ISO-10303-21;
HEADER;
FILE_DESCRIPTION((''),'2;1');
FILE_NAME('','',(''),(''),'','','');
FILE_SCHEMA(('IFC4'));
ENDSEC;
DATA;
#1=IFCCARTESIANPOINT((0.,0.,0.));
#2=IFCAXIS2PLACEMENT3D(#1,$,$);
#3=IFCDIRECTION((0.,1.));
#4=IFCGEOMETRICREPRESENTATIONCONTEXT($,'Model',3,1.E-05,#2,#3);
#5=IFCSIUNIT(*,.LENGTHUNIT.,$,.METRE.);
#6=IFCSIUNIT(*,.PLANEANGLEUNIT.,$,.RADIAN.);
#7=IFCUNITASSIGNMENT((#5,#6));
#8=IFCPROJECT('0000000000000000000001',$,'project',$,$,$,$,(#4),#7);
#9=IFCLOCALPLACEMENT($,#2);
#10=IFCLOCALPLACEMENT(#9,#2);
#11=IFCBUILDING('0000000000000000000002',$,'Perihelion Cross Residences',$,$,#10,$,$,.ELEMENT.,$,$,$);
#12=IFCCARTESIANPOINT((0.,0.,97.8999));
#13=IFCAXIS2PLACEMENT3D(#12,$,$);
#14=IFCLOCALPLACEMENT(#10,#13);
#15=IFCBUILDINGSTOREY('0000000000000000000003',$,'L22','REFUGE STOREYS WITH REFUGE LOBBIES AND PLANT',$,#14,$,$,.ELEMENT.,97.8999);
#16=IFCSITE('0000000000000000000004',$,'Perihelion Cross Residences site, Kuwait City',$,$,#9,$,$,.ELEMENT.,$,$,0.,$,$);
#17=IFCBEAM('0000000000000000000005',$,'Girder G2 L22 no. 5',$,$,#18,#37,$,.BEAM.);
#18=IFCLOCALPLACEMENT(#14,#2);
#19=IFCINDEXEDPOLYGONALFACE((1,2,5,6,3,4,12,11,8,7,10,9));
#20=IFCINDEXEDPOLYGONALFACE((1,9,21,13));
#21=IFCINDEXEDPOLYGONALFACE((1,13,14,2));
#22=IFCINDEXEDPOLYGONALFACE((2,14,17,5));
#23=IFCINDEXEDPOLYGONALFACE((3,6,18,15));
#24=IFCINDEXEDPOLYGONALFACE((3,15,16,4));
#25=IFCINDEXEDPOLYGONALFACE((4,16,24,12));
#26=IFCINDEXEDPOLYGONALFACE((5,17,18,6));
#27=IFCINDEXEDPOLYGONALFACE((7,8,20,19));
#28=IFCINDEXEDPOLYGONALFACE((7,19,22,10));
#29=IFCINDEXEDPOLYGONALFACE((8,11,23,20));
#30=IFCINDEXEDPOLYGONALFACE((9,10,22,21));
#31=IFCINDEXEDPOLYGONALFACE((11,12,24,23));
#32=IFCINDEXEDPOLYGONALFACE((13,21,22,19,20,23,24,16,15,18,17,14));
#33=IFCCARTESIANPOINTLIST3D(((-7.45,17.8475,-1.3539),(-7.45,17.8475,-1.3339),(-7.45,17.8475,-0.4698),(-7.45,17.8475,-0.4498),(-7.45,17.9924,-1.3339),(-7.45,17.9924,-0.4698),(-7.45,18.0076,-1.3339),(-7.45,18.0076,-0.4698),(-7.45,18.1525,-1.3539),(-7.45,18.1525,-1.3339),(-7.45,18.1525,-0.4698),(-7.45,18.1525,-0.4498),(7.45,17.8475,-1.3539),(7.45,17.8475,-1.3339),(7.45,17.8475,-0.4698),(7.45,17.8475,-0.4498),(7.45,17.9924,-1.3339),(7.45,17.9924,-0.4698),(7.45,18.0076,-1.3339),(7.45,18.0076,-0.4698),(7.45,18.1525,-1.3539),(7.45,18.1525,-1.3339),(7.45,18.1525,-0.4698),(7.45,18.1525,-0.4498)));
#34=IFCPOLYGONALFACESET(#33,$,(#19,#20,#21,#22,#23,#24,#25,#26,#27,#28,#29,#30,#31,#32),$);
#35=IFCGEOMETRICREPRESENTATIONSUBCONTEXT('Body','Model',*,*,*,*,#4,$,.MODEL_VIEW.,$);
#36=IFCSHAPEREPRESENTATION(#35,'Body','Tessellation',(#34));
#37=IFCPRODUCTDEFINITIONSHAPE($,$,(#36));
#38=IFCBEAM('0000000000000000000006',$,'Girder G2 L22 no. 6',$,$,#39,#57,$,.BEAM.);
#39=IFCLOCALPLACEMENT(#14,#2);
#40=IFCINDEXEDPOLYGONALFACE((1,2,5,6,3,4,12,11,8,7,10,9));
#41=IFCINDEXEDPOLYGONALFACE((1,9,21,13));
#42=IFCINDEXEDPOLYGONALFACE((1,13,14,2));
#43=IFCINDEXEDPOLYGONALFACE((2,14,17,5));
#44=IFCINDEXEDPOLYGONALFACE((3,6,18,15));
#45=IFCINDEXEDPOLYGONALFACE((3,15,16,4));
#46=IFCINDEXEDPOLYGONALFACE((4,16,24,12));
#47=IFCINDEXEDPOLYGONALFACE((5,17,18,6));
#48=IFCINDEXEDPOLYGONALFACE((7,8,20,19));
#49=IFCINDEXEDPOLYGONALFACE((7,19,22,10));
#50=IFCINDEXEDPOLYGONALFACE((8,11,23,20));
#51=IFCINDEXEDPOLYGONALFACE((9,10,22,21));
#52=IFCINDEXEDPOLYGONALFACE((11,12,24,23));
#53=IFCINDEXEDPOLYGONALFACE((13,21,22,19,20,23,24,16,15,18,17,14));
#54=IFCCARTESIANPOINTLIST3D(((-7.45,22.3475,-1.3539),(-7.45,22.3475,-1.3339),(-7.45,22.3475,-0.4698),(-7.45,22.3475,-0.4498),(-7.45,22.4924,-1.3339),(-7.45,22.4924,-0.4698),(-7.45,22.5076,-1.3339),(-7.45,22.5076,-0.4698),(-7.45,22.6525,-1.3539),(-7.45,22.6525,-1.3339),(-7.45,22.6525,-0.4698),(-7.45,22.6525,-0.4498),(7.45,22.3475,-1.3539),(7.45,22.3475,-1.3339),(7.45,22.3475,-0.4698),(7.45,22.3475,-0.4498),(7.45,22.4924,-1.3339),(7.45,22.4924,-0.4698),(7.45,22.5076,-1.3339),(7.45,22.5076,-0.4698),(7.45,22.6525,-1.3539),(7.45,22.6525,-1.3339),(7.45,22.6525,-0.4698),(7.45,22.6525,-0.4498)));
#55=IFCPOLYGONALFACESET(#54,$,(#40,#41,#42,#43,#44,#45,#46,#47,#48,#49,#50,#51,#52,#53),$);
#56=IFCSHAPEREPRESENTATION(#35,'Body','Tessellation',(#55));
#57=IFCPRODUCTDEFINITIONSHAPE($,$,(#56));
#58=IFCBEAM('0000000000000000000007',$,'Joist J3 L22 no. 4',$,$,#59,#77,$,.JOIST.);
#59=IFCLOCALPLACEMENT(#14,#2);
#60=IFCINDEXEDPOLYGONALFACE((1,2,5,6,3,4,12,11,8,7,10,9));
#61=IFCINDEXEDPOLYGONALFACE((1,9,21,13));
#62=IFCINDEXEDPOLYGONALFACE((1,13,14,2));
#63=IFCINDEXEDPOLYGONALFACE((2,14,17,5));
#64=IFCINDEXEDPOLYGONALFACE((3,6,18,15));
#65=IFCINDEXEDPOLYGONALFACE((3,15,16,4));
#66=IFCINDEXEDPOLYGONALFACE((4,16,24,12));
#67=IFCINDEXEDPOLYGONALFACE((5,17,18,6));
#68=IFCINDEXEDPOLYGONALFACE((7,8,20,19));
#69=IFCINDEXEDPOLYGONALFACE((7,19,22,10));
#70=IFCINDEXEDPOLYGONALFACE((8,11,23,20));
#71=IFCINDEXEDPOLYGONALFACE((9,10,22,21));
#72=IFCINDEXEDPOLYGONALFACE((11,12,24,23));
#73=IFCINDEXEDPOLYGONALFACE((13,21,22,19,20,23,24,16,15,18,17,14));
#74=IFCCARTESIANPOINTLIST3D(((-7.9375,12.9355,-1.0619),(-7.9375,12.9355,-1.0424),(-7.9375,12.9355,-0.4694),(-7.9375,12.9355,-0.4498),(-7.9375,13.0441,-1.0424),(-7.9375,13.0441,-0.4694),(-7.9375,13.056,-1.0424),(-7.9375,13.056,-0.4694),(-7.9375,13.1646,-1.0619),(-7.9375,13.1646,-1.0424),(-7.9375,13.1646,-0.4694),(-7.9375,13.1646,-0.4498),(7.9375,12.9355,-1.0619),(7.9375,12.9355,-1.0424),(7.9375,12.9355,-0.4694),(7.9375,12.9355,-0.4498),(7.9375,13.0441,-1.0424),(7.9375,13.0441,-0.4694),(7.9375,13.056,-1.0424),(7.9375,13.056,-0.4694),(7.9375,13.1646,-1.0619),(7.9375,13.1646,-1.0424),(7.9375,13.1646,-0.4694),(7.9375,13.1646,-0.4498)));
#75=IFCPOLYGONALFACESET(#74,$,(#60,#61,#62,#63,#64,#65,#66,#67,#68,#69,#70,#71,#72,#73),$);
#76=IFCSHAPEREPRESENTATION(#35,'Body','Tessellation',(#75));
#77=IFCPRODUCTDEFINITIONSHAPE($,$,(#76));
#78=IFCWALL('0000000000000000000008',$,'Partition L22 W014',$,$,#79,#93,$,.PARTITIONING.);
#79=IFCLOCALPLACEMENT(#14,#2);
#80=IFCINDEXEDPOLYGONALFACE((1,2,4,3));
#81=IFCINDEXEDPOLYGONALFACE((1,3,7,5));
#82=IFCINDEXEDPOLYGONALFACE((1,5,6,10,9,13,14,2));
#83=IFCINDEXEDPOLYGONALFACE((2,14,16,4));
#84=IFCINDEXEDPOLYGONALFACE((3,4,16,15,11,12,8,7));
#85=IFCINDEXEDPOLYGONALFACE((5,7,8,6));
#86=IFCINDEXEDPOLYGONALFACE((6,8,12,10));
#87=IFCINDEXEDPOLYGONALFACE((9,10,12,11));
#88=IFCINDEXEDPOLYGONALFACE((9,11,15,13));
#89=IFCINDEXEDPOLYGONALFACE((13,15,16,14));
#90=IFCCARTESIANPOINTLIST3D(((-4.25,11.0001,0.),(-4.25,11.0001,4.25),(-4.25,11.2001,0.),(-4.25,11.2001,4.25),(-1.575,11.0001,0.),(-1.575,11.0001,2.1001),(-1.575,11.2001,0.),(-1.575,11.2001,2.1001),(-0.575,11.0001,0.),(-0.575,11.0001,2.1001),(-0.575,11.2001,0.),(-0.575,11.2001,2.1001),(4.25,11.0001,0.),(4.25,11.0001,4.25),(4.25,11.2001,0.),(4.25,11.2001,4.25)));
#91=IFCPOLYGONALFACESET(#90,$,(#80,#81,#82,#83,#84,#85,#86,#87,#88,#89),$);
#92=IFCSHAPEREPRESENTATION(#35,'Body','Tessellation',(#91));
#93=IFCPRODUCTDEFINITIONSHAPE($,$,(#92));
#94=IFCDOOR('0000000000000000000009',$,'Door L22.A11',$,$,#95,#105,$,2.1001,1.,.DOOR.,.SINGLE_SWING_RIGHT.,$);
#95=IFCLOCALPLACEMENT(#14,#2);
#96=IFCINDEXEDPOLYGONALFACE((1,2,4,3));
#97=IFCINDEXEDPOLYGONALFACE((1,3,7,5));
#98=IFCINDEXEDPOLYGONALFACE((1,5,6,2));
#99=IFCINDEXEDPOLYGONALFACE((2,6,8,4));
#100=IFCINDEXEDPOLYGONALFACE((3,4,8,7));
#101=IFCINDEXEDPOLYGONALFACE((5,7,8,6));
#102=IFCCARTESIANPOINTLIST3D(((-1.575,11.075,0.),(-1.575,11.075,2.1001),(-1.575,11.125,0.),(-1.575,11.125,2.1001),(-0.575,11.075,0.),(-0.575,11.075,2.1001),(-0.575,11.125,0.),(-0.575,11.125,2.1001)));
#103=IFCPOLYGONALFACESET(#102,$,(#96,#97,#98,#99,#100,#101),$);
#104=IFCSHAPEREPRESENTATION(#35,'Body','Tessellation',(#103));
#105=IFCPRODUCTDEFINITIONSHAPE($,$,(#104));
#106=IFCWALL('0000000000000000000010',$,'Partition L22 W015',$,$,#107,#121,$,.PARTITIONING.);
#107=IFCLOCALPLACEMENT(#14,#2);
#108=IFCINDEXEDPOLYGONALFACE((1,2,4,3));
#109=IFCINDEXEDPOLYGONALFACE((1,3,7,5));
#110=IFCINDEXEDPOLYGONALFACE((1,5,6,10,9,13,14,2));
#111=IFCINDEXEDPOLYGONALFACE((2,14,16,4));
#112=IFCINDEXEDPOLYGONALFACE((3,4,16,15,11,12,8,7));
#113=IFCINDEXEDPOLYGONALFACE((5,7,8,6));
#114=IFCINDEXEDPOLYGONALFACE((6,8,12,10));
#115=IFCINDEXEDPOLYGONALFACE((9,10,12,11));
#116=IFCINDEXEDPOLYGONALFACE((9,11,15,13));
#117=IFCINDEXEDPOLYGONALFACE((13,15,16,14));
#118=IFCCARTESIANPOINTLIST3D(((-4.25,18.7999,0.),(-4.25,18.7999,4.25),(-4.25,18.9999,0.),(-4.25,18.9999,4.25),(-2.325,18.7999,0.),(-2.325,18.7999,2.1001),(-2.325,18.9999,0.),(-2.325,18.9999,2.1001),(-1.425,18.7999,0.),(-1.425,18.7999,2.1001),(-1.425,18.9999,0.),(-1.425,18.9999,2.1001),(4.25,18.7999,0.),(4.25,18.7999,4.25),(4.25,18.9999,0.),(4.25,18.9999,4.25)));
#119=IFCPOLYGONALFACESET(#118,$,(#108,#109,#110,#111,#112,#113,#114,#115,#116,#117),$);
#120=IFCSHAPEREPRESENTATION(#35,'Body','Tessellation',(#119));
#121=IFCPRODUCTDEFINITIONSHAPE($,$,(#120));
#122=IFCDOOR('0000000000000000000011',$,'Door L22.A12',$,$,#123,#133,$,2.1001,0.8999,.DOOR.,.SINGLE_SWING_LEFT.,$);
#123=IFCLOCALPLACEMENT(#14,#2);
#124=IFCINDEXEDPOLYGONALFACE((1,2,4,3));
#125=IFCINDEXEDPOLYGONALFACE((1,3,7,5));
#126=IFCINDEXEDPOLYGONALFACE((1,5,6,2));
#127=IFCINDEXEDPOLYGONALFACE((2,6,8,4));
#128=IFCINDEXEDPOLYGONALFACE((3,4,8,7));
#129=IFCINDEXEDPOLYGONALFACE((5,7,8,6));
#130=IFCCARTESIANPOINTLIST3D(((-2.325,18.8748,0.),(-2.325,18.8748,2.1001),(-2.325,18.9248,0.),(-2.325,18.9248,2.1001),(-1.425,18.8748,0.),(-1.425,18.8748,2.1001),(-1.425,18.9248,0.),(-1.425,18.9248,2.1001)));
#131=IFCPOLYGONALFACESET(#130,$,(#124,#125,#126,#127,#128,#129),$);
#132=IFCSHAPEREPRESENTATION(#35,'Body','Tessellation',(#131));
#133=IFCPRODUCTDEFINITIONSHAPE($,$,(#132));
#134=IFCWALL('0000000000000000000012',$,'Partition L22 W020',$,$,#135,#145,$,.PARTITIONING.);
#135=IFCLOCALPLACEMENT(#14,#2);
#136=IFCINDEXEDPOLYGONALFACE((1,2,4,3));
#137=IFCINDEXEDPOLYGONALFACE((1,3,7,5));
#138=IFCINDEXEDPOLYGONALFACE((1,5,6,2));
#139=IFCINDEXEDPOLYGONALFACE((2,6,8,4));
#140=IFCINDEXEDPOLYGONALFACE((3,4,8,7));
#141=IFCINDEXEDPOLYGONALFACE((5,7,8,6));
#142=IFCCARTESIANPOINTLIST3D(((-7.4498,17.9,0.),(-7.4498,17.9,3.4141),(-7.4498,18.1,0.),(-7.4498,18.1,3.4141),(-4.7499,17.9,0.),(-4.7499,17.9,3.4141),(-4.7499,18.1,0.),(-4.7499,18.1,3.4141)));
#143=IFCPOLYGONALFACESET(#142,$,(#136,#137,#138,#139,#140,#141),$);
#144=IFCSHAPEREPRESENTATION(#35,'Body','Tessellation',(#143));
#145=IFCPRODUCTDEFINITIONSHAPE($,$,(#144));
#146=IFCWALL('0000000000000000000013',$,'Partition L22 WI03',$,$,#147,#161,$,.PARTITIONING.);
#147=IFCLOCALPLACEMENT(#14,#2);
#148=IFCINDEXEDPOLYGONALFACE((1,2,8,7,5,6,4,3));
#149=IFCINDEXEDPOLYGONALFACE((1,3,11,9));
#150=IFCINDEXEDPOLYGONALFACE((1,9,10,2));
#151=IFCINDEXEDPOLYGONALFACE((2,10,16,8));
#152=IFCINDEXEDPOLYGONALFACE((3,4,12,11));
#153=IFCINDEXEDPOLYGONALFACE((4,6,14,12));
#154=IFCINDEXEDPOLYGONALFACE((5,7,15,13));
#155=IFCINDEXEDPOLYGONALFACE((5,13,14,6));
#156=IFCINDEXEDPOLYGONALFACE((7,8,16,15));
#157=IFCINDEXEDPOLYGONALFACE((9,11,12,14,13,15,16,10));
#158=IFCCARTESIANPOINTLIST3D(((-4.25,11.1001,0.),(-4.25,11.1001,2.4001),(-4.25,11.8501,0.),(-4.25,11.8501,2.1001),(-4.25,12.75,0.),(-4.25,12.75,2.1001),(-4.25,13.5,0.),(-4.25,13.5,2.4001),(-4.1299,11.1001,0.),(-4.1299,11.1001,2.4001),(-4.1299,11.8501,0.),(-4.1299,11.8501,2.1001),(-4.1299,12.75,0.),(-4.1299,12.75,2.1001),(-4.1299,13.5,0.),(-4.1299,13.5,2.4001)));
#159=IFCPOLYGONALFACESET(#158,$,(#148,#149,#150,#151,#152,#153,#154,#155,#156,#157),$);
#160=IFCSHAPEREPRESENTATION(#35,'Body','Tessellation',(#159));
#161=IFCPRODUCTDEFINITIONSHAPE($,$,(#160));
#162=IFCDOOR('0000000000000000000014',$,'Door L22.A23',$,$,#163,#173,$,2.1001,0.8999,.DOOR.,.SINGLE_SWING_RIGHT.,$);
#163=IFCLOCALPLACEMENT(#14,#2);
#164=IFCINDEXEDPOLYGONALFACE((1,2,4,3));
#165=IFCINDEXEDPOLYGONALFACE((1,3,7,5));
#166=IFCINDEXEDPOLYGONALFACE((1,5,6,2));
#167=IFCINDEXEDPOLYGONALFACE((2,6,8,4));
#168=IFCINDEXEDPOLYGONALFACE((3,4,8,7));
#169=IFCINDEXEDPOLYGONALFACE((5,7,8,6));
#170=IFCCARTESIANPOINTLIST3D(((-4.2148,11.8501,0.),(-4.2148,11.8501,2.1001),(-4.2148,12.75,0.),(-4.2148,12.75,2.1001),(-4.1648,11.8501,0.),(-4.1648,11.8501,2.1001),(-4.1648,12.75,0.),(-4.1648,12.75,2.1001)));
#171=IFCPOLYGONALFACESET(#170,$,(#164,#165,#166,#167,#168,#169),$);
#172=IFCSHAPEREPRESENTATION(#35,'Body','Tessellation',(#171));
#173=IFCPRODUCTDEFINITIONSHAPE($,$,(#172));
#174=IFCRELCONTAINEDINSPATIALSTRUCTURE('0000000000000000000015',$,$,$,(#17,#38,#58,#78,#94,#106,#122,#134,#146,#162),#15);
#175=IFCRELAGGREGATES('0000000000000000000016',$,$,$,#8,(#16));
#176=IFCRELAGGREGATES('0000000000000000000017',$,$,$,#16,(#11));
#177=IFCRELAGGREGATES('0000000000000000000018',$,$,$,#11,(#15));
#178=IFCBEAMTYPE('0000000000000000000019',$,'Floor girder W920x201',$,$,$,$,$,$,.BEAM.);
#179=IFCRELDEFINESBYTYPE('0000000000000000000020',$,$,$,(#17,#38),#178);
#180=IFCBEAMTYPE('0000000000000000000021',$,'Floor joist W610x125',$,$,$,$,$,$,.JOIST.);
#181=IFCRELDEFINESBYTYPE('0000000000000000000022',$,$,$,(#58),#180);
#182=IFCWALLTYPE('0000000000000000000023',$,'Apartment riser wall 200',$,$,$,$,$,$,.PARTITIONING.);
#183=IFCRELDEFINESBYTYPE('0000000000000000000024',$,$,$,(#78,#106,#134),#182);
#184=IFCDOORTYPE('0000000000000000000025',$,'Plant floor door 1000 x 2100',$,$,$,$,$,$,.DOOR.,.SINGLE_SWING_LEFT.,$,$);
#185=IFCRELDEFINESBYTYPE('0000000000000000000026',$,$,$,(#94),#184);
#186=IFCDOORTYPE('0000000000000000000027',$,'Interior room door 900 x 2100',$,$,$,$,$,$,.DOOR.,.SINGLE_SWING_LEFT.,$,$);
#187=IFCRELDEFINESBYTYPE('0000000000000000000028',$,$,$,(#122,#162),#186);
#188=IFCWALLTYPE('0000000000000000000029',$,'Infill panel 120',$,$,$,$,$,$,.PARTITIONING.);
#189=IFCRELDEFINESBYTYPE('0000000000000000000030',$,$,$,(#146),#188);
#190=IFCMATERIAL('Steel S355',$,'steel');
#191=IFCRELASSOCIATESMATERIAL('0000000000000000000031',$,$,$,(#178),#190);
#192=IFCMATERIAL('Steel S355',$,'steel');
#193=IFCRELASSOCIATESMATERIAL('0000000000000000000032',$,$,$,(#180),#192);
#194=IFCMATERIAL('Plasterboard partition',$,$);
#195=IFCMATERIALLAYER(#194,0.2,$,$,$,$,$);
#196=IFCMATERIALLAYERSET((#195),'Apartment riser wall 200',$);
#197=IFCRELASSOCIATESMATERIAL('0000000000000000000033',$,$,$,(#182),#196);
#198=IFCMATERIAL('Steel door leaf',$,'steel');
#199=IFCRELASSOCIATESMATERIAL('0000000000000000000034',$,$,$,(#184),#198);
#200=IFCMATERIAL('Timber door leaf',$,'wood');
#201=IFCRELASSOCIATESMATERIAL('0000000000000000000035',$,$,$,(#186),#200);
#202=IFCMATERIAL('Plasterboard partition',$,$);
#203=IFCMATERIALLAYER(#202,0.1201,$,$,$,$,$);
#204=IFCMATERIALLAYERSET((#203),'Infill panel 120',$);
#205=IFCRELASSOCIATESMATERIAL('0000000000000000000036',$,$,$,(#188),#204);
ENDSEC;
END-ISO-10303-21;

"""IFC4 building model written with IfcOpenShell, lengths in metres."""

from ifc_helpers import new_model, si_unit, direction, frame, frame_2d, origin, origin_2d, place, context, subcontext, project, spatial, rectangle, i_section, extrude, material, layer, layer_set, material_profile, profile_set, type_object, element, fill, save


model = new_model("IFC4")

# Units and contexts
model_context = context("Model", 3, precision=1e-05, world=origin(), true_north=direction((0.0, 1.0)))
body_context = subcontext(model_context, "Body", "Model", "MODEL_VIEW")
ifc_project = project(units=[si_unit("LENGTHUNIT", "METRE"), si_unit("PLANEANGLEUNIT", "RADIAN")], contexts=[model_context])

# Site, building, storey
site_placement = place(None, origin())
site = spatial("IfcSite", under=ifc_project, at=site_placement, Name="Perihelion Cross Residences site, Kuwait City", CompositionType="ELEMENT", RefElevation=0.0)
building_placement = place(site_placement, origin())
building = spatial("IfcBuilding", under=site, at=building_placement, Name="Perihelion Cross Residences", CompositionType="ELEMENT")
storey_placement = place(building_placement, frame((0.0, 0.0, 97.8999)))
storey = spatial("IfcBuildingStorey", under=building, at=storey_placement, Name="L22", Description="REFUGE STOREYS WITH REFUGE LOBBIES AND PLANT", CompositionType="ELEMENT", Elevation=97.8999)

# Beams
ifc_material_1 = material(Name="Steel S355", Category="steel")
ifc_material_profile_1 = material_profile(ifc_material_1, i_section(OverallWidth=0.3049, OverallDepth=0.9041, WebThickness=0.0151, FlangeThickness=0.02, at=origin_2d()), Name="W920x201")
ifc_profile_set_1 = profile_set([ifc_material_profile_1], Name="Steel S355")
beam_type_1 = type_object("IfcBeamType", Name="Floor girder W920x201", PredefinedType="BEAM", material=ifc_profile_set_1)
for number, where, z_axis, x_axis, name in (
    (1, (-7.45, 18.0, -0.9019), (1.0, 0.0, 0.0), (0.0, 1.0, 0.0), "Girder G2 L22 no. 5"),
    (2, (-7.45, 22.5, -0.9019), (1.0, 0.0, 0.0), (0.0, 1.0, 0.0), "Girder G2 L22 no. 6"),
):
    element("IfcBeam", number, at=place(storey_placement, frame(where, z_axis=z_axis, x_axis=x_axis)), inside=storey, type_object=beam_type_1, Name=name, PredefinedType="BEAM", context=body_context, shape_type="SweptSolid", body=[
        extrude(i_section(OverallWidth=0.3049, OverallDepth=0.9041, WebThickness=0.0151, FlangeThickness=0.02, at=origin_2d()), origin(), (0.0, 0.0, 1.0), 14.8999),
    ])
ifc_material_2 = material(Name="Steel S355", Category="steel")
ifc_material_profile_2 = material_profile(ifc_material_2, i_section(OverallWidth=0.229, OverallDepth=0.6121, WebThickness=0.012, FlangeThickness=0.0195, at=origin_2d()), Name="W610x125")
ifc_profile_set_2 = profile_set([ifc_material_profile_2], Name="Steel S355")
beam_type_2 = type_object("IfcBeamType", Name="Floor joist W610x125", PredefinedType="JOIST", material=ifc_profile_set_2)
beam_1_placement = place(storey_placement, frame((-7.9375, 13.05, -0.7559), z_axis=(1.0, 0.0, 0.0), x_axis=(0.0, 1.0, 0.0)))
element("IfcBeam", 3, at=beam_1_placement, inside=storey, type_object=beam_type_2, Name="Joist J3 L22 no. 4", PredefinedType="JOIST", context=body_context, shape_type="SweptSolid", body=[
    extrude(i_section(OverallWidth=0.229, OverallDepth=0.6121, WebThickness=0.012, FlangeThickness=0.0195, at=origin_2d()), origin(), (0.0, 0.0, 1.0), 15.875),
])

# Walls, openings, doors
ifc_material_3 = material(Name="Plasterboard partition")
ifc_layer_1 = layer(ifc_material_3, 0.2)
ifc_layer_set_1 = layer_set([ifc_layer_1], Name="Apartment riser wall 200")
wall_type_1 = type_object("IfcWallType", Name="Apartment riser wall 200", PredefinedType="PARTITIONING", material=ifc_layer_set_1)
wall_1_placement = place(storey_placement, frame((-4.25, 11.1001, 0.0), z_axis=(0.0, 0.0, 1.0), x_axis=(1.0, 0.0, 0.0)))
wall_1 = element("IfcWall", 4, at=wall_1_placement, inside=storey, type_object=wall_type_1, Name="Partition L22 W014", PredefinedType="PARTITIONING", context=body_context, shape_type="SweptSolid", body=[
    extrude(rectangle(XDim=8.5, YDim=0.2, at=frame_2d((4.25, 0.0))), origin(), (0.0, 0.0, 1.0), 4.25),
])
opening_1_placement = place(wall_1_placement, frame((2.675, 0.0, 0.0)))
opening_1 = element("IfcOpeningElement", 5, at=opening_1_placement, cuts=wall_1, PredefinedType="OPENING", context=body_context, shape_type="SweptSolid", body=[
    extrude(rectangle(XDim=1.0, YDim=2.1001, at=frame_2d((0.5, 1.05))), frame((0.0, 0.1099, 0.0), z_axis=(0.0, -1.0, 0.0), x_axis=(1.0, 0.0, 0.0)), (0.0, 0.0, 1.0), 0.22),
])
ifc_material_4 = material(Name="Steel door leaf", Category="steel")
door_type_1 = type_object("IfcDoorType", Name="Plant floor door 1000 x 2100", OperationType="SINGLE_SWING_LEFT", PredefinedType="DOOR", material=ifc_material_4)
door_1_placement = place(opening_1_placement, origin())
door_1 = element("IfcDoor", 6, at=door_1_placement, inside=storey, type_object=door_type_1, Name="Door L22.A11", OperationType="SINGLE_SWING_RIGHT", OverallHeight=2.1001, OverallWidth=1.0, PredefinedType="DOOR", context=body_context, shape_type="SweptSolid", body=[
    extrude(rectangle(XDim=1.0, YDim=2.1001, at=frame_2d((0.5, 1.05))), frame((0.0, 0.0249, 0.0), z_axis=(0.0, -1.0, 0.0), x_axis=(1.0, 0.0, 0.0)), (0.0, 0.0, 1.0), 0.05),
])
fill(opening_1, door_1)
wall_2_placement = place(storey_placement, frame((-4.25, 18.8999, 0.0), z_axis=(0.0, 0.0, 1.0), x_axis=(1.0, 0.0, 0.0)))
wall_2 = element("IfcWall", 7, at=wall_2_placement, inside=storey, type_object=wall_type_1, Name="Partition L22 W015", PredefinedType="PARTITIONING", context=body_context, shape_type="SweptSolid", body=[
    extrude(rectangle(XDim=8.5, YDim=0.2, at=frame_2d((4.25, 0.0))), origin(), (0.0, 0.0, 1.0), 4.25),
])
opening_2_placement = place(wall_2_placement, frame((1.925, 0.0, 0.0)))
opening_2 = element("IfcOpeningElement", 8, at=opening_2_placement, cuts=wall_2, PredefinedType="OPENING", context=body_context, shape_type="SweptSolid", body=[
    extrude(rectangle(XDim=0.8999, YDim=2.1001, at=frame_2d((0.45, 1.05))), frame((0.0, 0.1099, 0.0), z_axis=(0.0, -1.0, 0.0), x_axis=(1.0, 0.0, 0.0)), (0.0, 0.0, 1.0), 0.22),
])
ifc_material_5 = material(Name="Timber door leaf", Category="wood")
door_type_2 = type_object("IfcDoorType", Name="Interior room door 900 x 2100", OperationType="SINGLE_SWING_LEFT", PredefinedType="DOOR", material=ifc_material_5)
door_2_placement = place(opening_2_placement, origin())
door_2 = element("IfcDoor", 9, at=door_2_placement, inside=storey, type_object=door_type_2, Name="Door L22.A12", OperationType="SINGLE_SWING_LEFT", OverallHeight=2.1001, OverallWidth=0.8999, PredefinedType="DOOR", context=body_context, shape_type="SweptSolid", body=[
    extrude(rectangle(XDim=0.8999, YDim=2.1001, at=frame_2d((0.45, 1.05))), frame((0.0, 0.0249, 0.0), z_axis=(0.0, -1.0, 0.0), x_axis=(1.0, 0.0, 0.0)), (0.0, 0.0, 1.0), 0.05),
])
fill(opening_2, door_2)

# Wall
wall_3_placement = place(storey_placement, frame((-7.45, 18.0, 0.0), z_axis=(0.0, 0.0, 1.0), x_axis=(1.0, 0.0, 0.0)))
element("IfcWall", 10, at=wall_3_placement, inside=storey, type_object=wall_type_1, Name="Partition L22 W020", PredefinedType="PARTITIONING", context=body_context, shape_type="SweptSolid", body=[
    extrude(rectangle(XDim=2.7, YDim=0.2, at=frame_2d((1.3501, 0.0))), origin(), (0.0, 0.0, 1.0), 3.4141),
])

# Wall, opening, door
ifc_material_6 = material(Name="Plasterboard partition")
ifc_layer_2 = layer(ifc_material_6, 0.1201)
ifc_layer_set_2 = layer_set([ifc_layer_2], Name="Infill panel 120")
wall_type_2 = type_object("IfcWallType", Name="Infill panel 120", PredefinedType="PARTITIONING", material=ifc_layer_set_2)
wall_4_placement = place(storey_placement, frame((-4.1899, 11.1001, 0.0), z_axis=(0.0, 0.0, 1.0), x_axis=(0.0, 1.0, 0.0)))
wall_4 = element("IfcWall", 11, at=wall_4_placement, inside=storey, type_object=wall_type_2, Name="Partition L22 WI03", PredefinedType="PARTITIONING", context=body_context, shape_type="SweptSolid", body=[
    extrude(rectangle(XDim=2.3999, YDim=0.1201, at=frame_2d((1.2, 0.0))), origin(), (0.0, 0.0, 1.0), 2.4001),
])
opening_3_placement = place(wall_4_placement, frame((0.75, 0.0, 0.0)))
opening_3 = element("IfcOpeningElement", 12, at=opening_3_placement, cuts=wall_4, PredefinedType="OPENING", context=body_context, shape_type="SweptSolid", body=[
    extrude(rectangle(XDim=0.8999, YDim=2.1001, at=frame_2d((0.45, 1.05))), frame((0.0, 0.0701, 0.0), z_axis=(0.0, -1.0, 0.0), x_axis=(1.0, 0.0, 0.0)), (0.0, 0.0, 1.0), 0.1401),
])
door_3_placement = place(opening_3_placement, origin())
door_3 = element("IfcDoor", 13, at=door_3_placement, inside=storey, type_object=door_type_2, Name="Door L22.A23", OperationType="SINGLE_SWING_RIGHT", OverallHeight=2.1001, OverallWidth=0.8999, PredefinedType="DOOR", context=body_context, shape_type="SweptSolid", body=[
    extrude(rectangle(XDim=0.8999, YDim=2.1001, at=frame_2d((0.45, 1.05))), frame((0.0, 0.0249, 0.0), z_axis=(0.0, -1.0, 0.0), x_axis=(1.0, 0.0, 0.0)), (0.0, 0.0, 1.0), 0.05),
])
fill(opening_3, door_3)

save(model, "model.ifc")
